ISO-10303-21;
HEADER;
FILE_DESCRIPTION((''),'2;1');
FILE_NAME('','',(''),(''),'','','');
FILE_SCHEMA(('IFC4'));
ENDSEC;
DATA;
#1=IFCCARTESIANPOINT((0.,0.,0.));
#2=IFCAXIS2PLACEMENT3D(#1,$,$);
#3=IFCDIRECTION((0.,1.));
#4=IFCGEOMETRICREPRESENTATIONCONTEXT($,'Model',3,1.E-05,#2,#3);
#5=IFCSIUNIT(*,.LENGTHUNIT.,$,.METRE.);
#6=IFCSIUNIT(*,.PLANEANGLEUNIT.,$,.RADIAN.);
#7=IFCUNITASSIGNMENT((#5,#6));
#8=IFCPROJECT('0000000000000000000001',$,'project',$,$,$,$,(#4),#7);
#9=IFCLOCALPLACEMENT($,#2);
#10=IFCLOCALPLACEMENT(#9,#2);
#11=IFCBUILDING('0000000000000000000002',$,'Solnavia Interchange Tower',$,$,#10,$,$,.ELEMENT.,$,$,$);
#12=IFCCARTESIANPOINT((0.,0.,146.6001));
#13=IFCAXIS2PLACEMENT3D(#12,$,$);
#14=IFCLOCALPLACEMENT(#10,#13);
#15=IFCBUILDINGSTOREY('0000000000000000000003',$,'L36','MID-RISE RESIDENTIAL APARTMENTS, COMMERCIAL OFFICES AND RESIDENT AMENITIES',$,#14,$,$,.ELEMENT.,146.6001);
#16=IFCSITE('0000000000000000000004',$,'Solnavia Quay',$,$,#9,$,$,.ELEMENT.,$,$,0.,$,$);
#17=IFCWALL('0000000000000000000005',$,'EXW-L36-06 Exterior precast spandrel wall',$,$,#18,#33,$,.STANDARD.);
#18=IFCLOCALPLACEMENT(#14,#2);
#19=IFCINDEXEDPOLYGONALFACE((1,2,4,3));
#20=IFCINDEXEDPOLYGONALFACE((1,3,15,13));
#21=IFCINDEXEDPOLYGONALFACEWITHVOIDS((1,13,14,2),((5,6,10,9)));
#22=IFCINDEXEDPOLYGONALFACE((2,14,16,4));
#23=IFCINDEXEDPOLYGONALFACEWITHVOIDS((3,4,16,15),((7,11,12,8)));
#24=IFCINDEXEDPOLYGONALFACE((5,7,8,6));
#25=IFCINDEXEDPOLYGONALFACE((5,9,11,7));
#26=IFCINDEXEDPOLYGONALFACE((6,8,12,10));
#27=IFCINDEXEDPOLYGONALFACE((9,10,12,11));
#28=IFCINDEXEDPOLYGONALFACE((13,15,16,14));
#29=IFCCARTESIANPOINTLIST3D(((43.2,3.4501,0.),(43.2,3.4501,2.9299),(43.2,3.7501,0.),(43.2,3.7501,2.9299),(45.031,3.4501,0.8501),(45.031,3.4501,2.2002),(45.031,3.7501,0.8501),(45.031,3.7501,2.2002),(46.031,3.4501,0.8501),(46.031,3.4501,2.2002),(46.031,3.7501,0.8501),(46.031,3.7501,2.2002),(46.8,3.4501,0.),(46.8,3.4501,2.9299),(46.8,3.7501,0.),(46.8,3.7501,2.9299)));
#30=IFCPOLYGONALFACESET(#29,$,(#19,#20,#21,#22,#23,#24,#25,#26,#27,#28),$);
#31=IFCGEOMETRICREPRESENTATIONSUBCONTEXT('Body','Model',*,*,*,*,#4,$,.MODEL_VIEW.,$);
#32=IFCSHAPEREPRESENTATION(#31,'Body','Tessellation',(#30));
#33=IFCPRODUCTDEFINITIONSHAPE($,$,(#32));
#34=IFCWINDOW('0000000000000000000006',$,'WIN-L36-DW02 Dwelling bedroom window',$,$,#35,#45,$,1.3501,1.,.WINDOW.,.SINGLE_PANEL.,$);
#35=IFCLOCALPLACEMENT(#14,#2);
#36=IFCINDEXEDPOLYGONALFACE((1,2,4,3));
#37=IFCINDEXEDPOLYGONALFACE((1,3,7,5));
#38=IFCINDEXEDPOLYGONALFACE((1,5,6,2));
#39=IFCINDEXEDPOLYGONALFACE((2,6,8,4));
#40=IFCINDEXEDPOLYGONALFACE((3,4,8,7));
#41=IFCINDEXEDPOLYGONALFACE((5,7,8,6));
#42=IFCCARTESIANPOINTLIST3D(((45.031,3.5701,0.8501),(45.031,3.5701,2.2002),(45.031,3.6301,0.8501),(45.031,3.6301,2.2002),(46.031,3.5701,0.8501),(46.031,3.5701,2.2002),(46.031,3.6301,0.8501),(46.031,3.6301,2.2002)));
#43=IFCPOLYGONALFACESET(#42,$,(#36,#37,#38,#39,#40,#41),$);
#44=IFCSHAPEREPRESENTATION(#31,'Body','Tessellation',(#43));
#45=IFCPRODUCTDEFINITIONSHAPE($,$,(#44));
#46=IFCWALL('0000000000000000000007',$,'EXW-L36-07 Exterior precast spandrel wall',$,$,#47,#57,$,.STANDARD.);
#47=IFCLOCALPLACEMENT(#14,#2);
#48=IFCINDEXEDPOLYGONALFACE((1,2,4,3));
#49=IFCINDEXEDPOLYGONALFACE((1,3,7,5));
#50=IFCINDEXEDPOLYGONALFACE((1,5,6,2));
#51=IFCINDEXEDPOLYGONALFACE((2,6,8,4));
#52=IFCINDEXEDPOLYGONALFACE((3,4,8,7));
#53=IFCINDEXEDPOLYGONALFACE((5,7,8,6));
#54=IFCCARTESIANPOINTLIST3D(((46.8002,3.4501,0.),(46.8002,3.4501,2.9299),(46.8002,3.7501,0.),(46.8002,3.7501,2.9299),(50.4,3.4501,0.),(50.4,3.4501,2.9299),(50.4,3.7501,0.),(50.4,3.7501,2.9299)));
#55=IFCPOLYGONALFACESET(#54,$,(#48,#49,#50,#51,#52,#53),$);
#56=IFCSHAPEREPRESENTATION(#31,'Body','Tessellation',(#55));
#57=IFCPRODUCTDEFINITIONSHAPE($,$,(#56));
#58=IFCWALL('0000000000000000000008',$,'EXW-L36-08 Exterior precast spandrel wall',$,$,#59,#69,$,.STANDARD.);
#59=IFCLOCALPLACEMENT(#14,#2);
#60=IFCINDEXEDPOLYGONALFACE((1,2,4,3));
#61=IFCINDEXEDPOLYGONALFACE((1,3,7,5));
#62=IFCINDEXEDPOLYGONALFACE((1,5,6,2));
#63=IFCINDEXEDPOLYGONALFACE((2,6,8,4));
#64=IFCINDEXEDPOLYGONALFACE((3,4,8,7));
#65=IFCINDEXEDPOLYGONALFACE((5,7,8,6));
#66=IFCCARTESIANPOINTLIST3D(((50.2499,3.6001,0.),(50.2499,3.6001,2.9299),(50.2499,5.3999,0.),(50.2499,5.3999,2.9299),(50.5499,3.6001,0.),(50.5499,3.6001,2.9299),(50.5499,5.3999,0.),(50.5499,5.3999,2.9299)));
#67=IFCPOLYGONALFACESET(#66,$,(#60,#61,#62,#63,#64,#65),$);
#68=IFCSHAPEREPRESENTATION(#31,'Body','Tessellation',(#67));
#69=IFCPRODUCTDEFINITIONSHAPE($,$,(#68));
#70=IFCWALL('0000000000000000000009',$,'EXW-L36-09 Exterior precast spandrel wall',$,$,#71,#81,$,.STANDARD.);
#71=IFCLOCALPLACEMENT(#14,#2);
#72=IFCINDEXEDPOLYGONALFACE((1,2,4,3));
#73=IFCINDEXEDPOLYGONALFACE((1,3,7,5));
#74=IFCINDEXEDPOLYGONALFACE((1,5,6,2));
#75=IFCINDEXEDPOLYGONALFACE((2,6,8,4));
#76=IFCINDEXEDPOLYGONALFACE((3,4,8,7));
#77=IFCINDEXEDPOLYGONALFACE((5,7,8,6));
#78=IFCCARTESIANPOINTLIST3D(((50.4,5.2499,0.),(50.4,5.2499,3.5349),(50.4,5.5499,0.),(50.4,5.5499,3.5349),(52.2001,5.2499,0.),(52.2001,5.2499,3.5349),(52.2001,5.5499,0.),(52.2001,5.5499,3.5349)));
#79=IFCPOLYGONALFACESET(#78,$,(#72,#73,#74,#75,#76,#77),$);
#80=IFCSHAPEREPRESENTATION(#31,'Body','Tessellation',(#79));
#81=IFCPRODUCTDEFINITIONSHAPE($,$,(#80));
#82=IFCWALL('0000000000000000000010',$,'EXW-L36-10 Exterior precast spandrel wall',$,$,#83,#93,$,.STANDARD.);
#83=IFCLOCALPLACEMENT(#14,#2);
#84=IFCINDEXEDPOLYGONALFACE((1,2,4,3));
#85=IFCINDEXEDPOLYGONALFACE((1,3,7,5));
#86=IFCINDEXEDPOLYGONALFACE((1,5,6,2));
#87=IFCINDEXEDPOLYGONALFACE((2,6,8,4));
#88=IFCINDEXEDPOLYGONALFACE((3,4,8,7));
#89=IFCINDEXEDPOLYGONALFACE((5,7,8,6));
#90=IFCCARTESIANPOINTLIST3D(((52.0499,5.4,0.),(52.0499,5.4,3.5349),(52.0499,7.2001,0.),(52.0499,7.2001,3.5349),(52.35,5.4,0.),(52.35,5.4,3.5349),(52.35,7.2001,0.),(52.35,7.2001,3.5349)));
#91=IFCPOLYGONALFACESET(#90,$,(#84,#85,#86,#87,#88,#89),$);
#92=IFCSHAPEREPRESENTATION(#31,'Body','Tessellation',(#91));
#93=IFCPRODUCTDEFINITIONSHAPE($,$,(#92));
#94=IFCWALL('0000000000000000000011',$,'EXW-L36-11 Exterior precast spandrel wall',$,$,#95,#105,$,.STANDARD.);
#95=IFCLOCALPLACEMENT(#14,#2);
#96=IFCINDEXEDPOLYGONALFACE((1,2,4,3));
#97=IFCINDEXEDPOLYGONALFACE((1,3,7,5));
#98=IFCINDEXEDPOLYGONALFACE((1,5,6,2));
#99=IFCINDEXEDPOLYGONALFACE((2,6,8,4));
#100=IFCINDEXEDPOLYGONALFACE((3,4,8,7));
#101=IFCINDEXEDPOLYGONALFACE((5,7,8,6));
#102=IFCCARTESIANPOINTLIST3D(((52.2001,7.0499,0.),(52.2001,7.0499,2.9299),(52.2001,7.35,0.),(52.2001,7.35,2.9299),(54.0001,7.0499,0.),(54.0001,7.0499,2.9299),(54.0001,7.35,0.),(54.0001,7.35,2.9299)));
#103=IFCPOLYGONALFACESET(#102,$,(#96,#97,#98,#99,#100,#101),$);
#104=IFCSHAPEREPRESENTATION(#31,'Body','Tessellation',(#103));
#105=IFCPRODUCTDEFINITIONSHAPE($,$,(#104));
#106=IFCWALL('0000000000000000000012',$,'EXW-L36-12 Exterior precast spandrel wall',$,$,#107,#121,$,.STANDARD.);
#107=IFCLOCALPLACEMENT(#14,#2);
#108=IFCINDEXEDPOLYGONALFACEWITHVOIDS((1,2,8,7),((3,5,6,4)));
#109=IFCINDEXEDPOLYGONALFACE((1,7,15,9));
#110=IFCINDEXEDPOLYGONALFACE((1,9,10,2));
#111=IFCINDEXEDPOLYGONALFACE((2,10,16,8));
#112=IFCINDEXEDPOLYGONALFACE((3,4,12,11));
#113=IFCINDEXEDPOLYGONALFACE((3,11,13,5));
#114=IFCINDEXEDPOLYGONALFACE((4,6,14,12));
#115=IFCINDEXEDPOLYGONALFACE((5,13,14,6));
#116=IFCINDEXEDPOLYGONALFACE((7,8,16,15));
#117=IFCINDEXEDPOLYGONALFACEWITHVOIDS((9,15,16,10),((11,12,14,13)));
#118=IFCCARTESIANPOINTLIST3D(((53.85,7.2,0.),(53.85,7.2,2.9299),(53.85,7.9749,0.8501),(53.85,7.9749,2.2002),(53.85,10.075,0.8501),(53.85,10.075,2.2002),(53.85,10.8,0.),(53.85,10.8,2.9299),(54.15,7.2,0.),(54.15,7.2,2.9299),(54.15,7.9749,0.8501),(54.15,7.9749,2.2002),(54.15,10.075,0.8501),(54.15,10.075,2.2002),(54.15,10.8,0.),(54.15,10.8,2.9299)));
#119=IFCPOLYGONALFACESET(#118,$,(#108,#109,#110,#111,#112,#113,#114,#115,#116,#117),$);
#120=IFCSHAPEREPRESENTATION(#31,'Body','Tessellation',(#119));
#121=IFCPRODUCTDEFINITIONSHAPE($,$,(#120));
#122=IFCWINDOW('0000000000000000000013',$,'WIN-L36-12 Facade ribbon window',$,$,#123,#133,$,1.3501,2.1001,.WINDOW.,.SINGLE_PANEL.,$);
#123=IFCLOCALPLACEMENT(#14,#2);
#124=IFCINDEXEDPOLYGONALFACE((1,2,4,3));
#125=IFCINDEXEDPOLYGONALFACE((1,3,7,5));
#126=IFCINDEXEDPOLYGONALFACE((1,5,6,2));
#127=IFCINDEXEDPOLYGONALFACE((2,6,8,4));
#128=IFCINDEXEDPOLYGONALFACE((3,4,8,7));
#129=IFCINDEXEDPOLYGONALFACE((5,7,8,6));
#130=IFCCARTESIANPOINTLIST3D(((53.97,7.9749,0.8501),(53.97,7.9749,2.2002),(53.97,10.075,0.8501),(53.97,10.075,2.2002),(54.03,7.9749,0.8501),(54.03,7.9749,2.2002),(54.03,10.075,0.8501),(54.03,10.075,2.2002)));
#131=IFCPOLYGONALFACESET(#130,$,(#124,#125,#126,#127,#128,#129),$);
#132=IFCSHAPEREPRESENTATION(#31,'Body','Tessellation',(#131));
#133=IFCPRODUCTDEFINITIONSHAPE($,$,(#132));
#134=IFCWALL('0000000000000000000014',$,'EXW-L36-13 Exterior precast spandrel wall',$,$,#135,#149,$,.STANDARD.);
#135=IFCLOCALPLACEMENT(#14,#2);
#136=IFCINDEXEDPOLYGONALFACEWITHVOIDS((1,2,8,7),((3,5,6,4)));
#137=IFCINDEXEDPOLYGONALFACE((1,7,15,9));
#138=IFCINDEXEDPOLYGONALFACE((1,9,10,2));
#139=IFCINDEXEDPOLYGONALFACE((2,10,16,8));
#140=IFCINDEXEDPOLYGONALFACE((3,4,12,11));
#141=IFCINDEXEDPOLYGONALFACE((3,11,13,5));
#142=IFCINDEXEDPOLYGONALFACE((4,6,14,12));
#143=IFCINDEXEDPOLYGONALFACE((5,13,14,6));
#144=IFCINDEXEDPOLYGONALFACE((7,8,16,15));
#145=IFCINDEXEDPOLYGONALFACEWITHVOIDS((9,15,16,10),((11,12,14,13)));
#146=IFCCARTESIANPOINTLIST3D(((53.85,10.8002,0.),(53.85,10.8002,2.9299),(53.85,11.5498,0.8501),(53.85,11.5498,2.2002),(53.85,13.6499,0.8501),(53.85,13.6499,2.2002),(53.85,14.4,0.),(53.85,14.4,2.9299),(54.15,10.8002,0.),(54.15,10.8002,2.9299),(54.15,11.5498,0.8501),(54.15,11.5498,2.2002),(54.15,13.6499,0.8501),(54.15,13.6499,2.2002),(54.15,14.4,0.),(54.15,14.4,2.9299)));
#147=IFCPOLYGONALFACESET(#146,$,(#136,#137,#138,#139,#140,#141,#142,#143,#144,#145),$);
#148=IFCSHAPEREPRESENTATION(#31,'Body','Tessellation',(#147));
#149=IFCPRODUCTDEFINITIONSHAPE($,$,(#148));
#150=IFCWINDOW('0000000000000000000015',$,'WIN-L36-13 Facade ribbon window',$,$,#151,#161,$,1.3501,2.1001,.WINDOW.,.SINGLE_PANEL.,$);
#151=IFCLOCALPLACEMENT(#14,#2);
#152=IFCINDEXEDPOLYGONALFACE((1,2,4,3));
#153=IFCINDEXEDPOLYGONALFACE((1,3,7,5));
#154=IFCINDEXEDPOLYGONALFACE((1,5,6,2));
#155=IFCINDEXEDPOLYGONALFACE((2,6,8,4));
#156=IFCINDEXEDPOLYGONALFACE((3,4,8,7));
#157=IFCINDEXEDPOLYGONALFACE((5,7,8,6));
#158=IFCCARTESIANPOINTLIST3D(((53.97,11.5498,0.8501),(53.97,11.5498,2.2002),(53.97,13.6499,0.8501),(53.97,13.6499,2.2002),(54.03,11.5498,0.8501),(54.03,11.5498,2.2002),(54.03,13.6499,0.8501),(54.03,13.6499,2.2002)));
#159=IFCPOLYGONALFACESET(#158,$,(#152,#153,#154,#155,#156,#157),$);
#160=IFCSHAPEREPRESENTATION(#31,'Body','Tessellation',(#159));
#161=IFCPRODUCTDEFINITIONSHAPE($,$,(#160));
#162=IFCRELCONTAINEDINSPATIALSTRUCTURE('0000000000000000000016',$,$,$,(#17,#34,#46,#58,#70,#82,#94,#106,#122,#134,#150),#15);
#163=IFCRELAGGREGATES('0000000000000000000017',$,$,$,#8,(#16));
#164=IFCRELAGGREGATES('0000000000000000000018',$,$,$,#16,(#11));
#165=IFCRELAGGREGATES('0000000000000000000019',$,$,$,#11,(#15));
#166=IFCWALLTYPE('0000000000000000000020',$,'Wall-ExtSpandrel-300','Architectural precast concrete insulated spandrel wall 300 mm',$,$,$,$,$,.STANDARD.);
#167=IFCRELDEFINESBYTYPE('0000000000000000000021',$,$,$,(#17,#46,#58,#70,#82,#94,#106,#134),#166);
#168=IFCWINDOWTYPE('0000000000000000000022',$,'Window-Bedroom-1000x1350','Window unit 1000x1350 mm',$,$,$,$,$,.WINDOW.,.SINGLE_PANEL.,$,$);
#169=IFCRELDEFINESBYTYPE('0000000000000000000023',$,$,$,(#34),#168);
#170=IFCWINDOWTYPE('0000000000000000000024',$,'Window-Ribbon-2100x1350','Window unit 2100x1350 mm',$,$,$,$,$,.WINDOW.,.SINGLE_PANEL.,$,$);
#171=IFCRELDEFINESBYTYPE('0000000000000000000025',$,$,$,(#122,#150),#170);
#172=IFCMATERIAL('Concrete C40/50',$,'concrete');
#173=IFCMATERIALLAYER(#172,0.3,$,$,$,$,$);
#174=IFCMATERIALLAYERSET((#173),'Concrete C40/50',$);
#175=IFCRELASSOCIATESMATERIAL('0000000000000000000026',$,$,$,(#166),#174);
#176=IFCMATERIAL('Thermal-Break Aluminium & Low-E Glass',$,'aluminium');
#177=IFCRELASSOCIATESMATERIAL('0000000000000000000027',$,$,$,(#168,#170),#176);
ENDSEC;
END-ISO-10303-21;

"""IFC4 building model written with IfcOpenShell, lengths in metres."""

from ifc_helpers import new_model, si_unit, direction, frame, frame_2d, origin, place, context, subcontext, project, spatial, rectangle, extrude, material, layer, layer_set, type_object, element, fill, save


model = new_model("IFC4")

# Units and contexts
model_context = context("Model", 3, precision=1e-05, world=origin(), true_north=direction((0.0, 1.0)))
body_context = subcontext(model_context, "Body", "Model", "MODEL_VIEW")
ifc_project = project(units=[si_unit("LENGTHUNIT", "METRE"), si_unit("PLANEANGLEUNIT", "RADIAN")], contexts=[model_context])

# Site, building, storey
site_placement = place(None, origin())
site = spatial("IfcSite", under=ifc_project, at=site_placement, Name="Solnavia Quay", CompositionType="ELEMENT", RefElevation=0.0)
building_placement = place(site_placement, origin())
building = spatial("IfcBuilding", under=site, at=building_placement, Name="Solnavia Interchange Tower", CompositionType="ELEMENT")
storey_placement = place(building_placement, frame((0.0, 0.0, 146.6001)))
storey = spatial("IfcBuildingStorey", under=building, at=storey_placement, Name="L36", Description="MID-RISE RESIDENTIAL APARTMENTS, COMMERCIAL OFFICES AND RESIDENT AMENITIES", CompositionType="ELEMENT", Elevation=146.6001)

# Wall, opening, window
ifc_material_1 = material(Name="Concrete C40/50", Category="concrete")
ifc_layer_1 = layer(ifc_material_1, 0.3)
ifc_layer_set_1 = layer_set([ifc_layer_1], Name="Concrete C40/50")
wall_type_1 = type_object("IfcWallType", Name="Wall-ExtSpandrel-300", Description="Architectural precast concrete insulated spandrel wall 300 mm", PredefinedType="STANDARD", material=ifc_layer_set_1)
wall_1_placement = place(storey_placement, frame((46.8, 3.6001, 0.0), z_axis=(0.0, 0.0, 1.0), x_axis=(-1.0, 0.0, 0.0)))
wall_1 = element("IfcWall", 1, at=wall_1_placement, inside=storey, type_object=wall_type_1, Name="EXW-L36-06 Exterior precast spandrel wall", PredefinedType="STANDARD", context=body_context, shape_type="SweptSolid", body=[
    extrude(rectangle(XDim=3.6001, YDim=0.3, at=frame_2d((1.8, 0.0))), origin(), (0.0, 0.0, 1.0), 2.9299),
])
opening_1_placement = place(wall_1_placement, frame((0.769, 0.0, 0.8501)))
opening_1 = element("IfcOpeningElement", 2, at=opening_1_placement, cuts=wall_1, PredefinedType="OPENING", context=body_context, shape_type="SweptSolid", body=[
    extrude(rectangle(XDim=1.0, YDim=1.3501, at=frame_2d((0.5, 0.675))), frame((0.0, 0.1602, 0.0), z_axis=(0.0, -1.0, 0.0), x_axis=(1.0, 0.0, 0.0)), (0.0, 0.0, 1.0), 0.3201),
])
ifc_material_2 = material(Name="Thermal-Break Aluminium & Low-E Glass", Category="aluminium")
window_type_1 = type_object("IfcWindowType", Name="Window-Bedroom-1000x1350", Description="Window unit 1000x1350 mm", PartitioningType="SINGLE_PANEL", PredefinedType="WINDOW", material=ifc_material_2)
window_1_placement = place(opening_1_placement, origin())
window_1 = element("IfcWindow", 3, at=window_1_placement, inside=storey, type_object=window_type_1, Name="WIN-L36-DW02 Dwelling bedroom window", OverallHeight=1.3501, OverallWidth=1.0, PartitioningType="SINGLE_PANEL", PredefinedType="WINDOW", context=body_context, shape_type="SweptSolid", body=[
    extrude(rectangle(XDim=1.0, YDim=1.3501, at=frame_2d((0.5, 0.675))), frame((0.0, 0.03, 0.0), z_axis=(0.0, -1.0, 0.0), x_axis=(1.0, 0.0, 0.0)), (0.0, 0.0, 1.0), 0.0601),
])
fill(opening_1, window_1)

# Walls
wall_2_placement = place(storey_placement, frame((50.3999, 3.6001, 0.0), z_axis=(0.0, 0.0, 1.0), x_axis=(-1.0, 0.0, 0.0)))
element("IfcWall", 4, at=wall_2_placement, inside=storey, type_object=wall_type_1, Name="EXW-L36-07 Exterior precast spandrel wall", PredefinedType="STANDARD", context=body_context, shape_type="SweptSolid", body=[
    extrude(rectangle(XDim=3.5999, YDim=0.3, at=frame_2d((1.7998, 0.0))), origin(), (0.0, 0.0, 1.0), 2.9299),
])
wall_3_placement = place(storey_placement, frame((50.3999, 5.3999, 0.0), z_axis=(0.0, 0.0, 1.0), x_axis=(0.0, -1.0, 0.0)))
element("IfcWall", 5, at=wall_3_placement, inside=storey, type_object=wall_type_1, Name="EXW-L36-08 Exterior precast spandrel wall", PredefinedType="STANDARD", context=body_context, shape_type="SweptSolid", body=[
    extrude(rectangle(XDim=1.7998, YDim=0.3, at=frame_2d((0.8999, 0.0))), origin(), (0.0, 0.0, 1.0), 2.9299),
])
for number, where, z_axis, x_axis, name in (
    (6, (52.2, 5.3999, 0.0), (0.0, 0.0, 1.0), (-1.0, 0.0, 0.0), "EXW-L36-09 Exterior precast spandrel wall"),
    (7, (52.2, 7.2, 0.0), (0.0, 0.0, 1.0), (0.0, -1.0, 0.0), "EXW-L36-10 Exterior precast spandrel wall"),
):
    element("IfcWall", number, at=place(storey_placement, frame(where, z_axis=z_axis, x_axis=x_axis)), inside=storey, type_object=wall_type_1, Name=name, PredefinedType="STANDARD", context=body_context, shape_type="SweptSolid", body=[
        extrude(rectangle(XDim=1.8, YDim=0.3, at=frame_2d((0.8999, 0.0))), origin(), (0.0, 0.0, 1.0), 3.5349),
    ])
wall_4_placement = place(storey_placement, frame((54.0, 7.2, 0.0), z_axis=(0.0, 0.0, 1.0), x_axis=(-1.0, 0.0, 0.0)))
element("IfcWall", 8, at=wall_4_placement, inside=storey, type_object=wall_type_1, Name="EXW-L36-11 Exterior precast spandrel wall", PredefinedType="STANDARD", context=body_context, shape_type="SweptSolid", body=[
    extrude(rectangle(XDim=1.8, YDim=0.3, at=frame_2d((0.8999, 0.0))), origin(), (0.0, 0.0, 1.0), 2.9299),
])

# Walls, openings, windows
wall_5_placement = place(storey_placement, frame((54.0, 10.8, 0.0), z_axis=(0.0, 0.0, 1.0), x_axis=(0.0, -1.0, 0.0)))
wall_5 = element("IfcWall", 9, at=wall_5_placement, inside=storey, type_object=wall_type_1, Name="EXW-L36-12 Exterior precast spandrel wall", PredefinedType="STANDARD", context=body_context, shape_type="SweptSolid", body=[
    extrude(rectangle(XDim=3.6001, YDim=0.3, at=frame_2d((1.8, 0.0))), origin(), (0.0, 0.0, 1.0), 2.9299),
])
opening_2_placement = place(wall_5_placement, frame((0.7251, 0.0, 0.8501)))
opening_2 = element("IfcOpeningElement", 10, at=opening_2_placement, cuts=wall_5, PredefinedType="OPENING", context=body_context, shape_type="SweptSolid", body=[
    extrude(rectangle(XDim=2.1001, YDim=1.3501, at=frame_2d((1.05, 0.675))), frame((0.0, 0.1602, 0.0), z_axis=(0.0, -1.0, 0.0), x_axis=(1.0, 0.0, 0.0)), (0.0, 0.0, 1.0), 0.3201),
])
window_type_2 = type_object("IfcWindowType", Name="Window-Ribbon-2100x1350", Description="Window unit 2100x1350 mm", PartitioningType="SINGLE_PANEL", PredefinedType="WINDOW", material=ifc_material_2)
window_2_placement = place(opening_2_placement, origin())
window_2 = element("IfcWindow", 11, at=window_2_placement, inside=storey, type_object=window_type_2, Name="WIN-L36-12 Facade ribbon window", OverallHeight=1.3501, OverallWidth=2.1001, PartitioningType="SINGLE_PANEL", PredefinedType="WINDOW", context=body_context, shape_type="SweptSolid", body=[
    extrude(rectangle(XDim=2.1001, YDim=1.3501, at=frame_2d((1.05, 0.675))), frame((0.0, 0.03, 0.0), z_axis=(0.0, -1.0, 0.0), x_axis=(1.0, 0.0, 0.0)), (0.0, 0.0, 1.0), 0.0601),
])
fill(opening_2, window_2)
wall_6_placement = place(storey_placement, frame((54.0, 14.3999, 0.0), z_axis=(0.0, 0.0, 1.0), x_axis=(0.0, -1.0, 0.0)))
wall_6 = element("IfcWall", 12, at=wall_6_placement, inside=storey, type_object=wall_type_1, Name="EXW-L36-13 Exterior precast spandrel wall", PredefinedType="STANDARD", context=body_context, shape_type="SweptSolid", body=[
    extrude(rectangle(XDim=3.5999, YDim=0.3, at=frame_2d((1.7998, 0.0))), origin(), (0.0, 0.0, 1.0), 2.9299),
])
opening_3_placement = place(wall_6_placement, frame((0.75, 0.0, 0.8501)))
opening_3 = element("IfcOpeningElement", 13, at=opening_3_placement, cuts=wall_6, PredefinedType="OPENING", context=body_context, shape_type="SweptSolid", body=[
    extrude(rectangle(XDim=2.1001, YDim=1.3501, at=frame_2d((1.05, 0.675))), frame((0.0, 0.1602, 0.0), z_axis=(0.0, -1.0, 0.0), x_axis=(1.0, 0.0, 0.0)), (0.0, 0.0, 1.0), 0.3201),
])
window_3_placement = place(opening_3_placement, origin())
window_3 = element("IfcWindow", 14, at=window_3_placement, inside=storey, type_object=window_type_2, Name="WIN-L36-13 Facade ribbon window", OverallHeight=1.3501, OverallWidth=2.1001, PartitioningType="SINGLE_PANEL", PredefinedType="WINDOW", context=body_context, shape_type="SweptSolid", body=[
    extrude(rectangle(XDim=2.1001, YDim=1.3501, at=frame_2d((1.05, 0.675))), frame((0.0, 0.03, 0.0), z_axis=(0.0, -1.0, 0.0), x_axis=(1.0, 0.0, 0.0)), (0.0, 0.0, 1.0), 0.0601),
])
fill(opening_3, window_3)

save(model, "model.ifc")
